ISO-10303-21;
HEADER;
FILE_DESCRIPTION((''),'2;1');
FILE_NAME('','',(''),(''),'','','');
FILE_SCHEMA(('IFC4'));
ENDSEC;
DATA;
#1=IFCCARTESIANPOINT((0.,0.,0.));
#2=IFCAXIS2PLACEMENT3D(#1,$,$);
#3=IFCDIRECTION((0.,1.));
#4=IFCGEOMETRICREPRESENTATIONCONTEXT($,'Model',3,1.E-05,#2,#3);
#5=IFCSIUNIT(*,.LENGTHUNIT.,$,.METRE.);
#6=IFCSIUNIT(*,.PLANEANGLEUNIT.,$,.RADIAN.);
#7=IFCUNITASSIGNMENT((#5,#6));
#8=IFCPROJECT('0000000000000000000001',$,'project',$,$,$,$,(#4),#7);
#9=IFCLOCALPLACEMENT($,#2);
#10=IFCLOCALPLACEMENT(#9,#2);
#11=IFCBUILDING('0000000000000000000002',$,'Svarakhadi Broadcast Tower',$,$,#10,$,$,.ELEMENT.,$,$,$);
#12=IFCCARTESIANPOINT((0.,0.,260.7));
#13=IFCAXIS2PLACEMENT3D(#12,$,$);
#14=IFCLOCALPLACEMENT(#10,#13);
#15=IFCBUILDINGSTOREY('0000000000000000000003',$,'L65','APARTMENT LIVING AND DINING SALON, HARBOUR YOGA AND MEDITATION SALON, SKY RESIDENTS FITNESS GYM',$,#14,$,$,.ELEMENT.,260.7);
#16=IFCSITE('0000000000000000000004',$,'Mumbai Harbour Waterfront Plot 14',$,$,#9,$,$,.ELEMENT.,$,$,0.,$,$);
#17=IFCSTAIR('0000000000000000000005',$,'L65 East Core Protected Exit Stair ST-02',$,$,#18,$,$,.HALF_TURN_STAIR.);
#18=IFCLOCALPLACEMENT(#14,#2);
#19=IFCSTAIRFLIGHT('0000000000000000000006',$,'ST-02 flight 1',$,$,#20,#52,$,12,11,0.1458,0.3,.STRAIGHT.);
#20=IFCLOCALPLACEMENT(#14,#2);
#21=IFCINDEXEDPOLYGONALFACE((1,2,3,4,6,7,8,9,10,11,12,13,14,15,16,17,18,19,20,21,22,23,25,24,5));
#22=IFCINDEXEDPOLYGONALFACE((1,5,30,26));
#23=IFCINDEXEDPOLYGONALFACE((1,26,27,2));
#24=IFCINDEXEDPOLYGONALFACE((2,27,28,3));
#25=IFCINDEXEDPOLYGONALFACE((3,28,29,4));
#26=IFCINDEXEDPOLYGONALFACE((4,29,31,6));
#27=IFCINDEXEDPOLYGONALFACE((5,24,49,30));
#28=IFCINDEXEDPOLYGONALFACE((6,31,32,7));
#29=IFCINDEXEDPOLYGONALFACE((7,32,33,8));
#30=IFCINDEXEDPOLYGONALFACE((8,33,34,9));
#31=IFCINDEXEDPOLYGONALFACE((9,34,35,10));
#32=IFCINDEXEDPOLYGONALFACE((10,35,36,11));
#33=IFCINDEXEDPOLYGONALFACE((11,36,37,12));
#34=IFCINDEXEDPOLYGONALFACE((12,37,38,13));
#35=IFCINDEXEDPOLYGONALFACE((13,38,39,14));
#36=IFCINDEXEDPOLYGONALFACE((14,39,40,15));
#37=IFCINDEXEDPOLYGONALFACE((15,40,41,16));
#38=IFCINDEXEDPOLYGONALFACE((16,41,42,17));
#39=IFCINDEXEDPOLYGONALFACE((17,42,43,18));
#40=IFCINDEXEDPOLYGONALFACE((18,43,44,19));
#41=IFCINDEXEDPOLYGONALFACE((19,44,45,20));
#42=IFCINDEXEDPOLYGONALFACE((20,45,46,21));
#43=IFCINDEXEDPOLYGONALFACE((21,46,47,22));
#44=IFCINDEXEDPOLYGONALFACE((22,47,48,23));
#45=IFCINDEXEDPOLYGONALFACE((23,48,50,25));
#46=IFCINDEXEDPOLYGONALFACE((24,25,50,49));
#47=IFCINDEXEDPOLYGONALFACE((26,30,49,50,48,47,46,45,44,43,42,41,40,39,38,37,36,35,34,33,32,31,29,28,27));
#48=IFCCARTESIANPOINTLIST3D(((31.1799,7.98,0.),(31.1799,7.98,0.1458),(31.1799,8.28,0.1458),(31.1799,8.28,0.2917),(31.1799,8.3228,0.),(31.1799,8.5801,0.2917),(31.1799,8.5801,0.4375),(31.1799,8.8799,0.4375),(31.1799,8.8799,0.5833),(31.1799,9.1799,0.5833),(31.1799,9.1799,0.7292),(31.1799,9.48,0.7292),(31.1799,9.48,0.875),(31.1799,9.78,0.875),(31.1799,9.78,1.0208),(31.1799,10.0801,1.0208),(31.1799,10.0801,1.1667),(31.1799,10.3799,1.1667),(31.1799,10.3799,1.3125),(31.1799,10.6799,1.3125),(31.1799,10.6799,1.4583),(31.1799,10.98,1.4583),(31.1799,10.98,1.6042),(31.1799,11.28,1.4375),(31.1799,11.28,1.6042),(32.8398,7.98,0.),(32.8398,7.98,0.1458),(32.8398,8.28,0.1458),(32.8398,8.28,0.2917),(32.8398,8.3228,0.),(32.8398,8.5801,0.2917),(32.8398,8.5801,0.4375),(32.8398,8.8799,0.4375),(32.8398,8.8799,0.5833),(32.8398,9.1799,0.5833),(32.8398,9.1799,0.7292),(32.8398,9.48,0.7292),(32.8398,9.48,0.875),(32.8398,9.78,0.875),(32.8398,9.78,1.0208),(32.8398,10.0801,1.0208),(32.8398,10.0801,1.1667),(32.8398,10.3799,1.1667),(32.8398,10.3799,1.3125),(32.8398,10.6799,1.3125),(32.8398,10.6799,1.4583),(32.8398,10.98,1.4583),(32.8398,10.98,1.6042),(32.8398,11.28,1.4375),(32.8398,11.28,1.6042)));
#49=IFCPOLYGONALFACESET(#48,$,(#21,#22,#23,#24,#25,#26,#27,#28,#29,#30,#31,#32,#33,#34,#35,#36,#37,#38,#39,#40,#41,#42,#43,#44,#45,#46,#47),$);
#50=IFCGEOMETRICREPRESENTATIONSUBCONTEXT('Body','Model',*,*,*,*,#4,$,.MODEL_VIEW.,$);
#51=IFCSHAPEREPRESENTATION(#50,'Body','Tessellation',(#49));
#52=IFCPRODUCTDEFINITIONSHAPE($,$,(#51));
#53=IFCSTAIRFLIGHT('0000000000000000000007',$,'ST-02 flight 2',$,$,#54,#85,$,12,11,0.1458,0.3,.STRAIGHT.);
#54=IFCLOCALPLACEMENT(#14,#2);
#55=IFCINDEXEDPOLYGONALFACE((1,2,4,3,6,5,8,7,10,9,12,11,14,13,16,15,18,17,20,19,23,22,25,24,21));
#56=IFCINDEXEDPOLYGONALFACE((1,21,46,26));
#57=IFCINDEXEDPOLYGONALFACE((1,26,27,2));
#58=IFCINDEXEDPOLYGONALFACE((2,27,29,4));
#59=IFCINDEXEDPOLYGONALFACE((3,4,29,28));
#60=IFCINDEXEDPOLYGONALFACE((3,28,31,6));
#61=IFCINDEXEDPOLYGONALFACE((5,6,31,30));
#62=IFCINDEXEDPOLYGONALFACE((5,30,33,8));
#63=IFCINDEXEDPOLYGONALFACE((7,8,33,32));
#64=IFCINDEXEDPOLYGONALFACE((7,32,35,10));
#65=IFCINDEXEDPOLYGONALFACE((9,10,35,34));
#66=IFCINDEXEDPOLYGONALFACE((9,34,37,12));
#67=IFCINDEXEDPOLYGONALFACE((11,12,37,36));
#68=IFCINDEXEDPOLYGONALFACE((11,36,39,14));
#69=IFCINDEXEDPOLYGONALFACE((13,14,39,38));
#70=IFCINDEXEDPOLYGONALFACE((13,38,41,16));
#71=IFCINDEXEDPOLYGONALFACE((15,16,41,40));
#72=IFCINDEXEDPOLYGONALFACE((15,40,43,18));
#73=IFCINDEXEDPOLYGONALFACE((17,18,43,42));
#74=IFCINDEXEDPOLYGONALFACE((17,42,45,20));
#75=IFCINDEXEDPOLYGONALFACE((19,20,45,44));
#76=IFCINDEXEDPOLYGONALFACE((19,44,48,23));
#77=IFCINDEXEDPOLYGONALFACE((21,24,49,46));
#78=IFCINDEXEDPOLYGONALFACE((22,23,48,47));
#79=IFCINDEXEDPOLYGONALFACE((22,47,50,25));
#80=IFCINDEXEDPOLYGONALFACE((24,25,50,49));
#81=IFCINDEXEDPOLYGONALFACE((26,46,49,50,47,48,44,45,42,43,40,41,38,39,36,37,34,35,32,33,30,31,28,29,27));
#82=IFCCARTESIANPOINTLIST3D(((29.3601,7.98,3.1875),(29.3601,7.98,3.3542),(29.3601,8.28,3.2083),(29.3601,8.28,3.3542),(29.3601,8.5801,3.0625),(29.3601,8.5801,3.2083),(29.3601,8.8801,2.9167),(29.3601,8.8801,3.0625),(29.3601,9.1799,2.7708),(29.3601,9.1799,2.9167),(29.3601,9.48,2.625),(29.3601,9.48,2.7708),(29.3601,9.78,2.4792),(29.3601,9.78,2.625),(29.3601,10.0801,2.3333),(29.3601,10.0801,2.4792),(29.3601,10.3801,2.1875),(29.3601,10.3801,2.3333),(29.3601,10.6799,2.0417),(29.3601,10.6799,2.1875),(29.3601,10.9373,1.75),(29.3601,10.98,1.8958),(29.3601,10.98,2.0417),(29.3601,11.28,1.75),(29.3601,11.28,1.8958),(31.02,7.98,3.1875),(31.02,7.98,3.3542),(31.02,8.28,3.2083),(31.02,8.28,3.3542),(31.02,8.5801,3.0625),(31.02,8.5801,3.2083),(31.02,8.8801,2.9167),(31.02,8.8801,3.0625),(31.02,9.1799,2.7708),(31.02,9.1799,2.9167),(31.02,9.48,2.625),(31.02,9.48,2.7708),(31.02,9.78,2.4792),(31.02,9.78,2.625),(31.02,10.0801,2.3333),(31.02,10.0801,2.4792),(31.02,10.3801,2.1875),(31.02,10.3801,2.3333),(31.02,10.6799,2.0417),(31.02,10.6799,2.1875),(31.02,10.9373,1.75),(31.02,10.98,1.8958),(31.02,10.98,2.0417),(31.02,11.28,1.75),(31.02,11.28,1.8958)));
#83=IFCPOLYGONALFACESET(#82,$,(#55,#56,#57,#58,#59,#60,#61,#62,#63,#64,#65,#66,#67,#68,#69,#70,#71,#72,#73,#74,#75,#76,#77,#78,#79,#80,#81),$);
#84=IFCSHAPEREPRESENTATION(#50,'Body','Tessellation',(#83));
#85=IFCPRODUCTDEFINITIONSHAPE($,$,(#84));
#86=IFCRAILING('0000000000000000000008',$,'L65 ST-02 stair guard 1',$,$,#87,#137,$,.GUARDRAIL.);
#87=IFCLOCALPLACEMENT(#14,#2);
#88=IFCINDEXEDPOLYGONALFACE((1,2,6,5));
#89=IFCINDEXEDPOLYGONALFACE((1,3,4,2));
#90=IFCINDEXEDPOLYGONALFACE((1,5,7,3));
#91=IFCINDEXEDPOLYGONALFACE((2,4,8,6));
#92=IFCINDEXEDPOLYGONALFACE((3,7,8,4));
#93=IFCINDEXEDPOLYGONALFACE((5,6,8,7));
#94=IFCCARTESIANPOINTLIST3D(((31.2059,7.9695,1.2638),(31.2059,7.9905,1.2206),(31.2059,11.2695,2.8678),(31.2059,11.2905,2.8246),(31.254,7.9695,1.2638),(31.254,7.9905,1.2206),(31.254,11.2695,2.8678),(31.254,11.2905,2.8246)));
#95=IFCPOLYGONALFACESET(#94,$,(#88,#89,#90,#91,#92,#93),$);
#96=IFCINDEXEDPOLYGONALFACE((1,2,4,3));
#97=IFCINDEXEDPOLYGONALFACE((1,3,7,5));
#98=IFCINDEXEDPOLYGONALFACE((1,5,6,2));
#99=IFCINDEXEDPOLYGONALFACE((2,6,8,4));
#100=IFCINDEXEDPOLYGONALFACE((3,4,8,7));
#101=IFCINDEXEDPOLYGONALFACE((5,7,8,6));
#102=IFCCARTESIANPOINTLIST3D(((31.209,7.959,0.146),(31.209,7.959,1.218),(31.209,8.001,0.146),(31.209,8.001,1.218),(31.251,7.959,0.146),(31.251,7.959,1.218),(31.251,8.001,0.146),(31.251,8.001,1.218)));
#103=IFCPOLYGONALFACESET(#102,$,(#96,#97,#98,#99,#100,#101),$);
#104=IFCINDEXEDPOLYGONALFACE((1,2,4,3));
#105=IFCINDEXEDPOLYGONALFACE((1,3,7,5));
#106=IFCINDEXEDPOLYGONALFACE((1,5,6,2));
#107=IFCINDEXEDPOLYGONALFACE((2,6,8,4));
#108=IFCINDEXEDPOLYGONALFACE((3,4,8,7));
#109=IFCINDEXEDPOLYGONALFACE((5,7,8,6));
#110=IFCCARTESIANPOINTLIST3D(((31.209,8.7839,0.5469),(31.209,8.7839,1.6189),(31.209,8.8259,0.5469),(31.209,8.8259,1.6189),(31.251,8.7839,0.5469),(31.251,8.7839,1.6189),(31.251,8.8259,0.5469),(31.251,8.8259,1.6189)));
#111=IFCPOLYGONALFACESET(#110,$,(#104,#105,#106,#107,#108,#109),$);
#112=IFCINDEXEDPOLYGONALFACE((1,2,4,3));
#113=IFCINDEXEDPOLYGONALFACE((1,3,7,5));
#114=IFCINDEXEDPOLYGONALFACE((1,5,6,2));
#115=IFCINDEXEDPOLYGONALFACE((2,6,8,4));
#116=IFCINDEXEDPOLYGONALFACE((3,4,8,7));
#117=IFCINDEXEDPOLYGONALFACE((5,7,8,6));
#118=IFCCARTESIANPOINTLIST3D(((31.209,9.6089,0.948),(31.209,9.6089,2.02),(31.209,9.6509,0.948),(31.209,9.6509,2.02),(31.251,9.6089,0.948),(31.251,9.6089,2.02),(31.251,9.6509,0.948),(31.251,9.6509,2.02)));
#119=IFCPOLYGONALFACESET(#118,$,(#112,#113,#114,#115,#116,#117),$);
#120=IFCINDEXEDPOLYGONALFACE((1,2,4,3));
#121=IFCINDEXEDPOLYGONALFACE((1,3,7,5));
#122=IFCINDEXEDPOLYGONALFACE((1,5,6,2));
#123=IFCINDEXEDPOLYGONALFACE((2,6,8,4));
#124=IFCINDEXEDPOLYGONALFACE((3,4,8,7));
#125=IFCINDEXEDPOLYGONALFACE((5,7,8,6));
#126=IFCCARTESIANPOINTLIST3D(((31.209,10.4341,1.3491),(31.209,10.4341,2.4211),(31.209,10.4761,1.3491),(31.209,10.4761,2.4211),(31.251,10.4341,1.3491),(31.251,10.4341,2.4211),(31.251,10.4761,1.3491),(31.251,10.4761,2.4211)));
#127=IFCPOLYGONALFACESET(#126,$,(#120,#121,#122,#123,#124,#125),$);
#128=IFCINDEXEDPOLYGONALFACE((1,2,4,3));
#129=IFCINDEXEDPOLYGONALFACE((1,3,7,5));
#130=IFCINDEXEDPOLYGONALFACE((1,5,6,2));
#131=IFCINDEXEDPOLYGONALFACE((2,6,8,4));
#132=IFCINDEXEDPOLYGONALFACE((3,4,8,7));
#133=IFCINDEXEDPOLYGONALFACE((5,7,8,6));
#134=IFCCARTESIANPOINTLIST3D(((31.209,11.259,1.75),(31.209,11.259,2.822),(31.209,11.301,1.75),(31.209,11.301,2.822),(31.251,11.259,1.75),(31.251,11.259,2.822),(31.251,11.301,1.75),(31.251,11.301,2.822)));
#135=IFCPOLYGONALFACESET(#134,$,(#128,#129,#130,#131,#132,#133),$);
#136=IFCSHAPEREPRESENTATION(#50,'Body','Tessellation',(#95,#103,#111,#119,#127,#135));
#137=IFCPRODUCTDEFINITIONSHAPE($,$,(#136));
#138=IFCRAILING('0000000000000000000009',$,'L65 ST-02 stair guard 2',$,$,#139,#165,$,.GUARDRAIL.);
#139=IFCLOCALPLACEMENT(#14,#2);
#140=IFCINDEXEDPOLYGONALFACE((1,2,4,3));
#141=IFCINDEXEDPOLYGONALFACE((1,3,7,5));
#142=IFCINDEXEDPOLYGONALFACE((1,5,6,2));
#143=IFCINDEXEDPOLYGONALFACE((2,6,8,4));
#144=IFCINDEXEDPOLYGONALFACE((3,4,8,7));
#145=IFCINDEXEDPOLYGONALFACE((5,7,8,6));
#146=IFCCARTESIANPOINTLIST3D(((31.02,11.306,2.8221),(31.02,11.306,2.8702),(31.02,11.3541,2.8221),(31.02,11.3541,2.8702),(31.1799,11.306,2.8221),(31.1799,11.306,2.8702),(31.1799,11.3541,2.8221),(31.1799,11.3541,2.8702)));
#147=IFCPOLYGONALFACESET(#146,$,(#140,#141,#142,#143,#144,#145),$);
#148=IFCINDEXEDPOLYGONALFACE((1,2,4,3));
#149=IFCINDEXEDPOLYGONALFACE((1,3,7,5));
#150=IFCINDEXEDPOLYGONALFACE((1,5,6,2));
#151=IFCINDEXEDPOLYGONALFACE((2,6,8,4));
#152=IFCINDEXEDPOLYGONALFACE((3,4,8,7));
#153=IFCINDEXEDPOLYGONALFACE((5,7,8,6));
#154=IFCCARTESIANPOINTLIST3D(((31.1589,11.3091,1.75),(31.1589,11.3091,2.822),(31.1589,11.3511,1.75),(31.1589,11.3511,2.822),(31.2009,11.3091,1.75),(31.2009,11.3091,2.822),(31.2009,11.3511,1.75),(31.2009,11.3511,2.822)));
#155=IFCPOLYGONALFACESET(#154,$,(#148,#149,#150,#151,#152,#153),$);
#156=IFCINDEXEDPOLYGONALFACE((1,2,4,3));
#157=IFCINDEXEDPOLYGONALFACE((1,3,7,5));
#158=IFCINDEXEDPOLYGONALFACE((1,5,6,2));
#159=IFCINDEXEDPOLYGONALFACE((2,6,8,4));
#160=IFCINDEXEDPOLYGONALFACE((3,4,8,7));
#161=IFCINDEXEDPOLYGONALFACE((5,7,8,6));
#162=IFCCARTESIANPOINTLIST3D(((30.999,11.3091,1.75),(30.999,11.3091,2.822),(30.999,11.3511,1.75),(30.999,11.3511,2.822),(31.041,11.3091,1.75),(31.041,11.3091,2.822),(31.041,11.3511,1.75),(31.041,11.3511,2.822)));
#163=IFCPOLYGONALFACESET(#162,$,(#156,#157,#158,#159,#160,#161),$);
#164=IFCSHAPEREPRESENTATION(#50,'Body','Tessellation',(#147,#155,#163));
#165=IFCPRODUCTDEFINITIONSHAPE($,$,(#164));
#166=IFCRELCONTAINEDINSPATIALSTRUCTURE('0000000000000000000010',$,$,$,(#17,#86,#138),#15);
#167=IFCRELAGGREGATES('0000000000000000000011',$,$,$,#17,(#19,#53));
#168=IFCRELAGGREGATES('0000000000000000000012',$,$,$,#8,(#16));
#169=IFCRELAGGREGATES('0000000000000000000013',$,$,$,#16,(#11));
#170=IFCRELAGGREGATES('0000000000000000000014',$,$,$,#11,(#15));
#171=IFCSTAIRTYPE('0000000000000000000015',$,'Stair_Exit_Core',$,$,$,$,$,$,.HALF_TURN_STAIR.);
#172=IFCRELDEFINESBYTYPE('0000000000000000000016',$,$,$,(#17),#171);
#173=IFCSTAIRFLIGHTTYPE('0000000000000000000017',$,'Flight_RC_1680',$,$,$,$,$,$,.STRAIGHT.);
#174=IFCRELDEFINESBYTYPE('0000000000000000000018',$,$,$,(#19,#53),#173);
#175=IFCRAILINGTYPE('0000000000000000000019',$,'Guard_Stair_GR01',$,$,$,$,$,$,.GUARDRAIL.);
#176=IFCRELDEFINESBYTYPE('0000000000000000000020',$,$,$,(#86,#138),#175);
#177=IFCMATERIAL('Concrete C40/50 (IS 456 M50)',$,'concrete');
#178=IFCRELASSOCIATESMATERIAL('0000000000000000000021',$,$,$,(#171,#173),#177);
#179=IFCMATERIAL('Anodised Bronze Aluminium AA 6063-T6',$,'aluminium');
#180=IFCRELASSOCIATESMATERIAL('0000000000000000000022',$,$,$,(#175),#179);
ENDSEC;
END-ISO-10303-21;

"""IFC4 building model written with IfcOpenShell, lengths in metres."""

from ifc_helpers import new_model, si_unit, direction, frame, origin, origin_2d, place, context, subcontext, project, spatial, polyline, rectangle, outline, extrude, material, type_object, element, aggregate, save


model = new_model("IFC4")

# Units and contexts
model_context = context("Model", 3, precision=1e-05, world=origin(), true_north=direction((0.0, 1.0)))
body_context = subcontext(model_context, "Body", "Model", "MODEL_VIEW")
ifc_project = project(units=[si_unit("LENGTHUNIT", "METRE"), si_unit("PLANEANGLEUNIT", "RADIAN")], contexts=[model_context])

# Site, building, storey
site_placement = place(None, origin())
site = spatial("IfcSite", under=ifc_project, at=site_placement, Name="Mumbai Harbour Waterfront Plot 14", CompositionType="ELEMENT", RefElevation=0.0)
building_placement = place(site_placement, origin())
building = spatial("IfcBuilding", under=site, at=building_placement, Name="Svarakhadi Broadcast Tower", CompositionType="ELEMENT")
storey_placement = place(building_placement, frame((0.0, 0.0, 260.7)))
storey = spatial("IfcBuildingStorey", under=building, at=storey_placement, Name="L65", Description="APARTMENT LIVING AND DINING SALON, HARBOUR YOGA AND MEDITATION SALON, SKY RESIDENTS FITNESS GYM", CompositionType="ELEMENT", Elevation=260.7)

# Shared definitions
ifc_material_1 = material(Name="Anodised Bronze Aluminium AA 6063-T6", Category="aluminium")

# Shared definitions
ifc_material_2 = material(Name="Concrete C40/50 (IS 456 M50)", Category="concrete")

# Stair, stair flights
stair_type = type_object("IfcStairType", Name="Stair_Exit_Core", PredefinedType="HALF_TURN_STAIR", material=ifc_material_2)
stair_placement = place(storey_placement, origin())
stair = element("IfcStair", 1, at=stair_placement, inside=storey, type_object=stair_type, Name="L65 East Core Protected Exit Stair ST-02", PredefinedType="HALF_TURN_STAIR")
stair_flight_type = type_object("IfcStairFlightType", Name="Flight_RC_1680", PredefinedType="STRAIGHT", material=ifc_material_2)
stair_flight_1_placement = place(storey_placement, frame((32.01, 7.98, 0.0), z_axis=(0.0, 0.0, 1.0), x_axis=(0.0, 1.0, 0.0)))
stair_flight_1 = element("IfcStairFlight", 2, at=stair_flight_1_placement, type_object=stair_flight_type, Name="ST-02 flight 1", NumberOfRisers=12, NumberOfTreads=11, PredefinedType="STRAIGHT", RiserHeight=0.1458, TreadLength=0.3, context=body_context, shape_type="SweptSolid", body=[
    extrude(outline(polyline([(0.0, 0.0), (0.0, 0.1458), (0.3, 0.1458), (0.3, 0.2917), (0.6001, 0.2917), (0.6001, 0.4375), (0.8999, 0.4375), (0.8999, 0.5833), (1.2, 0.5833), (1.2, 0.7292), (1.5, 0.7292), (1.5, 0.875), (1.8, 0.875), (1.8, 1.0208), (2.1001, 1.0208), (2.1001, 1.1667), (2.3999, 1.1667), (2.3999, 1.3125), (2.7, 1.3125), (2.7, 1.4583), (3.0, 1.4583), (3.0, 1.6042), (3.3, 1.6042), (3.3, 1.75), (3.3, 1.4375), (0.3428, 0.0), (0.0, 0.0)])), frame((0.0, 0.8301, 0.0), z_axis=(0.0, -1.0, 0.0), x_axis=(1.0, 0.0, 0.0)), (0.0, 0.0, 1.0), 1.6599),
])
stair_flight_2_placement = place(storey_placement, frame((30.1899, 11.28, 1.75), z_axis=(0.0, 0.0, 1.0), x_axis=(0.0, -1.0, 0.0)))
stair_flight_2 = element("IfcStairFlight", 3, at=stair_flight_2_placement, type_object=stair_flight_type, Name="ST-02 flight 2", NumberOfRisers=12, NumberOfTreads=11, PredefinedType="STRAIGHT", RiserHeight=0.1458, TreadLength=0.3, context=body_context, shape_type="SweptSolid", body=[
    extrude(outline(polyline([(0.0, 0.0), (0.0, 0.1458), (0.3, 0.1458), (0.3, 0.2917), (0.6001, 0.2917), (0.6001, 0.4375), (0.8999, 0.4375), (0.8999, 0.5833), (1.2, 0.5833), (1.2, 0.7292), (1.5, 0.7292), (1.5, 0.875), (1.8, 0.875), (1.8, 1.0208), (2.1001, 1.0208), (2.1001, 1.1667), (2.3999, 1.1667), (2.3999, 1.3125), (2.7, 1.3125), (2.7, 1.4583), (3.0, 1.4583), (3.0, 1.6042), (3.3, 1.6042), (3.3, 1.75), (3.3, 1.4375), (0.3428, 0.0), (0.0, 0.0)])), frame((0.0, 0.8301, 0.0), z_axis=(0.0, -1.0, 0.0), x_axis=(1.0, 0.0, 0.0)), (0.0, 0.0, 1.0), 1.6599),
])
aggregate(stair, [stair_flight_1, stair_flight_2])

# Railings
railing_type_1 = type_object("IfcRailingType", Name="Guard_Stair_GR01", PredefinedType="GUARDRAIL", material=ifc_material_1)
railing_1_placement = place(storey_placement, frame((31.23, 7.98, 0.146)))
element("IfcRailing", 4, at=railing_1_placement, inside=storey, type_object=railing_type_1, Name="L65 ST-02 stair guard 1", PredefinedType="GUARDRAIL", context=body_context, shape_type="SweptSolid", body=[
    extrude(rectangle(XDim=0.0481, YDim=0.0481, at=origin_2d()), frame((0.0, 0.0, 1.0962), z_axis=(0.0, 0.899388, 0.437152), x_axis=(-1.0, 0.0, 0.0)), (0.0, 0.0, 1.0), 3.6692),
    extrude(rectangle(XDim=0.042, YDim=0.042, at=origin_2d()), origin(), (0.0, 0.0, 1.0), 1.072),
    extrude(rectangle(XDim=0.042, YDim=0.042, at=origin_2d()), frame((0.0, 0.825, 0.4009)), (0.0, 0.0, 1.0), 1.072),
    extrude(rectangle(XDim=0.042, YDim=0.042, at=origin_2d()), frame((0.0, 1.6499, 0.802)), (0.0, 0.0, 1.0), 1.072),
    extrude(rectangle(XDim=0.042, YDim=0.042, at=origin_2d()), frame((0.0, 2.4751, 1.2031)), (0.0, 0.0, 1.0), 1.072),
    extrude(rectangle(XDim=0.042, YDim=0.042, at=origin_2d()), frame((0.0, 3.3, 1.604)), (0.0, 0.0, 1.0), 1.072),
])
railing_2_placement = place(storey_placement, frame((31.1799, 11.3301, 1.75)))
element("IfcRailing", 5, at=railing_2_placement, inside=storey, type_object=railing_type_1, Name="L65 ST-02 stair guard 2", PredefinedType="GUARDRAIL", context=body_context, shape_type="SweptSolid", body=[
    extrude(rectangle(XDim=0.0481, YDim=0.0481, at=origin_2d()), frame((0.0, 0.0, 1.0962), z_axis=(-1.0, 0.0, 0.0), x_axis=(0.0, -1.0, 0.0)), (0.0, 0.0, 1.0), 0.1599),
    extrude(rectangle(XDim=0.042, YDim=0.042, at=origin_2d()), origin(), (0.0, 0.0, 1.0), 1.072),
    extrude(rectangle(XDim=0.042, YDim=0.042, at=origin_2d()), frame((-0.1599, 0.0, 0.0)), (0.0, 0.0, 1.0), 1.072),
])

save(model, "model.ifc")
